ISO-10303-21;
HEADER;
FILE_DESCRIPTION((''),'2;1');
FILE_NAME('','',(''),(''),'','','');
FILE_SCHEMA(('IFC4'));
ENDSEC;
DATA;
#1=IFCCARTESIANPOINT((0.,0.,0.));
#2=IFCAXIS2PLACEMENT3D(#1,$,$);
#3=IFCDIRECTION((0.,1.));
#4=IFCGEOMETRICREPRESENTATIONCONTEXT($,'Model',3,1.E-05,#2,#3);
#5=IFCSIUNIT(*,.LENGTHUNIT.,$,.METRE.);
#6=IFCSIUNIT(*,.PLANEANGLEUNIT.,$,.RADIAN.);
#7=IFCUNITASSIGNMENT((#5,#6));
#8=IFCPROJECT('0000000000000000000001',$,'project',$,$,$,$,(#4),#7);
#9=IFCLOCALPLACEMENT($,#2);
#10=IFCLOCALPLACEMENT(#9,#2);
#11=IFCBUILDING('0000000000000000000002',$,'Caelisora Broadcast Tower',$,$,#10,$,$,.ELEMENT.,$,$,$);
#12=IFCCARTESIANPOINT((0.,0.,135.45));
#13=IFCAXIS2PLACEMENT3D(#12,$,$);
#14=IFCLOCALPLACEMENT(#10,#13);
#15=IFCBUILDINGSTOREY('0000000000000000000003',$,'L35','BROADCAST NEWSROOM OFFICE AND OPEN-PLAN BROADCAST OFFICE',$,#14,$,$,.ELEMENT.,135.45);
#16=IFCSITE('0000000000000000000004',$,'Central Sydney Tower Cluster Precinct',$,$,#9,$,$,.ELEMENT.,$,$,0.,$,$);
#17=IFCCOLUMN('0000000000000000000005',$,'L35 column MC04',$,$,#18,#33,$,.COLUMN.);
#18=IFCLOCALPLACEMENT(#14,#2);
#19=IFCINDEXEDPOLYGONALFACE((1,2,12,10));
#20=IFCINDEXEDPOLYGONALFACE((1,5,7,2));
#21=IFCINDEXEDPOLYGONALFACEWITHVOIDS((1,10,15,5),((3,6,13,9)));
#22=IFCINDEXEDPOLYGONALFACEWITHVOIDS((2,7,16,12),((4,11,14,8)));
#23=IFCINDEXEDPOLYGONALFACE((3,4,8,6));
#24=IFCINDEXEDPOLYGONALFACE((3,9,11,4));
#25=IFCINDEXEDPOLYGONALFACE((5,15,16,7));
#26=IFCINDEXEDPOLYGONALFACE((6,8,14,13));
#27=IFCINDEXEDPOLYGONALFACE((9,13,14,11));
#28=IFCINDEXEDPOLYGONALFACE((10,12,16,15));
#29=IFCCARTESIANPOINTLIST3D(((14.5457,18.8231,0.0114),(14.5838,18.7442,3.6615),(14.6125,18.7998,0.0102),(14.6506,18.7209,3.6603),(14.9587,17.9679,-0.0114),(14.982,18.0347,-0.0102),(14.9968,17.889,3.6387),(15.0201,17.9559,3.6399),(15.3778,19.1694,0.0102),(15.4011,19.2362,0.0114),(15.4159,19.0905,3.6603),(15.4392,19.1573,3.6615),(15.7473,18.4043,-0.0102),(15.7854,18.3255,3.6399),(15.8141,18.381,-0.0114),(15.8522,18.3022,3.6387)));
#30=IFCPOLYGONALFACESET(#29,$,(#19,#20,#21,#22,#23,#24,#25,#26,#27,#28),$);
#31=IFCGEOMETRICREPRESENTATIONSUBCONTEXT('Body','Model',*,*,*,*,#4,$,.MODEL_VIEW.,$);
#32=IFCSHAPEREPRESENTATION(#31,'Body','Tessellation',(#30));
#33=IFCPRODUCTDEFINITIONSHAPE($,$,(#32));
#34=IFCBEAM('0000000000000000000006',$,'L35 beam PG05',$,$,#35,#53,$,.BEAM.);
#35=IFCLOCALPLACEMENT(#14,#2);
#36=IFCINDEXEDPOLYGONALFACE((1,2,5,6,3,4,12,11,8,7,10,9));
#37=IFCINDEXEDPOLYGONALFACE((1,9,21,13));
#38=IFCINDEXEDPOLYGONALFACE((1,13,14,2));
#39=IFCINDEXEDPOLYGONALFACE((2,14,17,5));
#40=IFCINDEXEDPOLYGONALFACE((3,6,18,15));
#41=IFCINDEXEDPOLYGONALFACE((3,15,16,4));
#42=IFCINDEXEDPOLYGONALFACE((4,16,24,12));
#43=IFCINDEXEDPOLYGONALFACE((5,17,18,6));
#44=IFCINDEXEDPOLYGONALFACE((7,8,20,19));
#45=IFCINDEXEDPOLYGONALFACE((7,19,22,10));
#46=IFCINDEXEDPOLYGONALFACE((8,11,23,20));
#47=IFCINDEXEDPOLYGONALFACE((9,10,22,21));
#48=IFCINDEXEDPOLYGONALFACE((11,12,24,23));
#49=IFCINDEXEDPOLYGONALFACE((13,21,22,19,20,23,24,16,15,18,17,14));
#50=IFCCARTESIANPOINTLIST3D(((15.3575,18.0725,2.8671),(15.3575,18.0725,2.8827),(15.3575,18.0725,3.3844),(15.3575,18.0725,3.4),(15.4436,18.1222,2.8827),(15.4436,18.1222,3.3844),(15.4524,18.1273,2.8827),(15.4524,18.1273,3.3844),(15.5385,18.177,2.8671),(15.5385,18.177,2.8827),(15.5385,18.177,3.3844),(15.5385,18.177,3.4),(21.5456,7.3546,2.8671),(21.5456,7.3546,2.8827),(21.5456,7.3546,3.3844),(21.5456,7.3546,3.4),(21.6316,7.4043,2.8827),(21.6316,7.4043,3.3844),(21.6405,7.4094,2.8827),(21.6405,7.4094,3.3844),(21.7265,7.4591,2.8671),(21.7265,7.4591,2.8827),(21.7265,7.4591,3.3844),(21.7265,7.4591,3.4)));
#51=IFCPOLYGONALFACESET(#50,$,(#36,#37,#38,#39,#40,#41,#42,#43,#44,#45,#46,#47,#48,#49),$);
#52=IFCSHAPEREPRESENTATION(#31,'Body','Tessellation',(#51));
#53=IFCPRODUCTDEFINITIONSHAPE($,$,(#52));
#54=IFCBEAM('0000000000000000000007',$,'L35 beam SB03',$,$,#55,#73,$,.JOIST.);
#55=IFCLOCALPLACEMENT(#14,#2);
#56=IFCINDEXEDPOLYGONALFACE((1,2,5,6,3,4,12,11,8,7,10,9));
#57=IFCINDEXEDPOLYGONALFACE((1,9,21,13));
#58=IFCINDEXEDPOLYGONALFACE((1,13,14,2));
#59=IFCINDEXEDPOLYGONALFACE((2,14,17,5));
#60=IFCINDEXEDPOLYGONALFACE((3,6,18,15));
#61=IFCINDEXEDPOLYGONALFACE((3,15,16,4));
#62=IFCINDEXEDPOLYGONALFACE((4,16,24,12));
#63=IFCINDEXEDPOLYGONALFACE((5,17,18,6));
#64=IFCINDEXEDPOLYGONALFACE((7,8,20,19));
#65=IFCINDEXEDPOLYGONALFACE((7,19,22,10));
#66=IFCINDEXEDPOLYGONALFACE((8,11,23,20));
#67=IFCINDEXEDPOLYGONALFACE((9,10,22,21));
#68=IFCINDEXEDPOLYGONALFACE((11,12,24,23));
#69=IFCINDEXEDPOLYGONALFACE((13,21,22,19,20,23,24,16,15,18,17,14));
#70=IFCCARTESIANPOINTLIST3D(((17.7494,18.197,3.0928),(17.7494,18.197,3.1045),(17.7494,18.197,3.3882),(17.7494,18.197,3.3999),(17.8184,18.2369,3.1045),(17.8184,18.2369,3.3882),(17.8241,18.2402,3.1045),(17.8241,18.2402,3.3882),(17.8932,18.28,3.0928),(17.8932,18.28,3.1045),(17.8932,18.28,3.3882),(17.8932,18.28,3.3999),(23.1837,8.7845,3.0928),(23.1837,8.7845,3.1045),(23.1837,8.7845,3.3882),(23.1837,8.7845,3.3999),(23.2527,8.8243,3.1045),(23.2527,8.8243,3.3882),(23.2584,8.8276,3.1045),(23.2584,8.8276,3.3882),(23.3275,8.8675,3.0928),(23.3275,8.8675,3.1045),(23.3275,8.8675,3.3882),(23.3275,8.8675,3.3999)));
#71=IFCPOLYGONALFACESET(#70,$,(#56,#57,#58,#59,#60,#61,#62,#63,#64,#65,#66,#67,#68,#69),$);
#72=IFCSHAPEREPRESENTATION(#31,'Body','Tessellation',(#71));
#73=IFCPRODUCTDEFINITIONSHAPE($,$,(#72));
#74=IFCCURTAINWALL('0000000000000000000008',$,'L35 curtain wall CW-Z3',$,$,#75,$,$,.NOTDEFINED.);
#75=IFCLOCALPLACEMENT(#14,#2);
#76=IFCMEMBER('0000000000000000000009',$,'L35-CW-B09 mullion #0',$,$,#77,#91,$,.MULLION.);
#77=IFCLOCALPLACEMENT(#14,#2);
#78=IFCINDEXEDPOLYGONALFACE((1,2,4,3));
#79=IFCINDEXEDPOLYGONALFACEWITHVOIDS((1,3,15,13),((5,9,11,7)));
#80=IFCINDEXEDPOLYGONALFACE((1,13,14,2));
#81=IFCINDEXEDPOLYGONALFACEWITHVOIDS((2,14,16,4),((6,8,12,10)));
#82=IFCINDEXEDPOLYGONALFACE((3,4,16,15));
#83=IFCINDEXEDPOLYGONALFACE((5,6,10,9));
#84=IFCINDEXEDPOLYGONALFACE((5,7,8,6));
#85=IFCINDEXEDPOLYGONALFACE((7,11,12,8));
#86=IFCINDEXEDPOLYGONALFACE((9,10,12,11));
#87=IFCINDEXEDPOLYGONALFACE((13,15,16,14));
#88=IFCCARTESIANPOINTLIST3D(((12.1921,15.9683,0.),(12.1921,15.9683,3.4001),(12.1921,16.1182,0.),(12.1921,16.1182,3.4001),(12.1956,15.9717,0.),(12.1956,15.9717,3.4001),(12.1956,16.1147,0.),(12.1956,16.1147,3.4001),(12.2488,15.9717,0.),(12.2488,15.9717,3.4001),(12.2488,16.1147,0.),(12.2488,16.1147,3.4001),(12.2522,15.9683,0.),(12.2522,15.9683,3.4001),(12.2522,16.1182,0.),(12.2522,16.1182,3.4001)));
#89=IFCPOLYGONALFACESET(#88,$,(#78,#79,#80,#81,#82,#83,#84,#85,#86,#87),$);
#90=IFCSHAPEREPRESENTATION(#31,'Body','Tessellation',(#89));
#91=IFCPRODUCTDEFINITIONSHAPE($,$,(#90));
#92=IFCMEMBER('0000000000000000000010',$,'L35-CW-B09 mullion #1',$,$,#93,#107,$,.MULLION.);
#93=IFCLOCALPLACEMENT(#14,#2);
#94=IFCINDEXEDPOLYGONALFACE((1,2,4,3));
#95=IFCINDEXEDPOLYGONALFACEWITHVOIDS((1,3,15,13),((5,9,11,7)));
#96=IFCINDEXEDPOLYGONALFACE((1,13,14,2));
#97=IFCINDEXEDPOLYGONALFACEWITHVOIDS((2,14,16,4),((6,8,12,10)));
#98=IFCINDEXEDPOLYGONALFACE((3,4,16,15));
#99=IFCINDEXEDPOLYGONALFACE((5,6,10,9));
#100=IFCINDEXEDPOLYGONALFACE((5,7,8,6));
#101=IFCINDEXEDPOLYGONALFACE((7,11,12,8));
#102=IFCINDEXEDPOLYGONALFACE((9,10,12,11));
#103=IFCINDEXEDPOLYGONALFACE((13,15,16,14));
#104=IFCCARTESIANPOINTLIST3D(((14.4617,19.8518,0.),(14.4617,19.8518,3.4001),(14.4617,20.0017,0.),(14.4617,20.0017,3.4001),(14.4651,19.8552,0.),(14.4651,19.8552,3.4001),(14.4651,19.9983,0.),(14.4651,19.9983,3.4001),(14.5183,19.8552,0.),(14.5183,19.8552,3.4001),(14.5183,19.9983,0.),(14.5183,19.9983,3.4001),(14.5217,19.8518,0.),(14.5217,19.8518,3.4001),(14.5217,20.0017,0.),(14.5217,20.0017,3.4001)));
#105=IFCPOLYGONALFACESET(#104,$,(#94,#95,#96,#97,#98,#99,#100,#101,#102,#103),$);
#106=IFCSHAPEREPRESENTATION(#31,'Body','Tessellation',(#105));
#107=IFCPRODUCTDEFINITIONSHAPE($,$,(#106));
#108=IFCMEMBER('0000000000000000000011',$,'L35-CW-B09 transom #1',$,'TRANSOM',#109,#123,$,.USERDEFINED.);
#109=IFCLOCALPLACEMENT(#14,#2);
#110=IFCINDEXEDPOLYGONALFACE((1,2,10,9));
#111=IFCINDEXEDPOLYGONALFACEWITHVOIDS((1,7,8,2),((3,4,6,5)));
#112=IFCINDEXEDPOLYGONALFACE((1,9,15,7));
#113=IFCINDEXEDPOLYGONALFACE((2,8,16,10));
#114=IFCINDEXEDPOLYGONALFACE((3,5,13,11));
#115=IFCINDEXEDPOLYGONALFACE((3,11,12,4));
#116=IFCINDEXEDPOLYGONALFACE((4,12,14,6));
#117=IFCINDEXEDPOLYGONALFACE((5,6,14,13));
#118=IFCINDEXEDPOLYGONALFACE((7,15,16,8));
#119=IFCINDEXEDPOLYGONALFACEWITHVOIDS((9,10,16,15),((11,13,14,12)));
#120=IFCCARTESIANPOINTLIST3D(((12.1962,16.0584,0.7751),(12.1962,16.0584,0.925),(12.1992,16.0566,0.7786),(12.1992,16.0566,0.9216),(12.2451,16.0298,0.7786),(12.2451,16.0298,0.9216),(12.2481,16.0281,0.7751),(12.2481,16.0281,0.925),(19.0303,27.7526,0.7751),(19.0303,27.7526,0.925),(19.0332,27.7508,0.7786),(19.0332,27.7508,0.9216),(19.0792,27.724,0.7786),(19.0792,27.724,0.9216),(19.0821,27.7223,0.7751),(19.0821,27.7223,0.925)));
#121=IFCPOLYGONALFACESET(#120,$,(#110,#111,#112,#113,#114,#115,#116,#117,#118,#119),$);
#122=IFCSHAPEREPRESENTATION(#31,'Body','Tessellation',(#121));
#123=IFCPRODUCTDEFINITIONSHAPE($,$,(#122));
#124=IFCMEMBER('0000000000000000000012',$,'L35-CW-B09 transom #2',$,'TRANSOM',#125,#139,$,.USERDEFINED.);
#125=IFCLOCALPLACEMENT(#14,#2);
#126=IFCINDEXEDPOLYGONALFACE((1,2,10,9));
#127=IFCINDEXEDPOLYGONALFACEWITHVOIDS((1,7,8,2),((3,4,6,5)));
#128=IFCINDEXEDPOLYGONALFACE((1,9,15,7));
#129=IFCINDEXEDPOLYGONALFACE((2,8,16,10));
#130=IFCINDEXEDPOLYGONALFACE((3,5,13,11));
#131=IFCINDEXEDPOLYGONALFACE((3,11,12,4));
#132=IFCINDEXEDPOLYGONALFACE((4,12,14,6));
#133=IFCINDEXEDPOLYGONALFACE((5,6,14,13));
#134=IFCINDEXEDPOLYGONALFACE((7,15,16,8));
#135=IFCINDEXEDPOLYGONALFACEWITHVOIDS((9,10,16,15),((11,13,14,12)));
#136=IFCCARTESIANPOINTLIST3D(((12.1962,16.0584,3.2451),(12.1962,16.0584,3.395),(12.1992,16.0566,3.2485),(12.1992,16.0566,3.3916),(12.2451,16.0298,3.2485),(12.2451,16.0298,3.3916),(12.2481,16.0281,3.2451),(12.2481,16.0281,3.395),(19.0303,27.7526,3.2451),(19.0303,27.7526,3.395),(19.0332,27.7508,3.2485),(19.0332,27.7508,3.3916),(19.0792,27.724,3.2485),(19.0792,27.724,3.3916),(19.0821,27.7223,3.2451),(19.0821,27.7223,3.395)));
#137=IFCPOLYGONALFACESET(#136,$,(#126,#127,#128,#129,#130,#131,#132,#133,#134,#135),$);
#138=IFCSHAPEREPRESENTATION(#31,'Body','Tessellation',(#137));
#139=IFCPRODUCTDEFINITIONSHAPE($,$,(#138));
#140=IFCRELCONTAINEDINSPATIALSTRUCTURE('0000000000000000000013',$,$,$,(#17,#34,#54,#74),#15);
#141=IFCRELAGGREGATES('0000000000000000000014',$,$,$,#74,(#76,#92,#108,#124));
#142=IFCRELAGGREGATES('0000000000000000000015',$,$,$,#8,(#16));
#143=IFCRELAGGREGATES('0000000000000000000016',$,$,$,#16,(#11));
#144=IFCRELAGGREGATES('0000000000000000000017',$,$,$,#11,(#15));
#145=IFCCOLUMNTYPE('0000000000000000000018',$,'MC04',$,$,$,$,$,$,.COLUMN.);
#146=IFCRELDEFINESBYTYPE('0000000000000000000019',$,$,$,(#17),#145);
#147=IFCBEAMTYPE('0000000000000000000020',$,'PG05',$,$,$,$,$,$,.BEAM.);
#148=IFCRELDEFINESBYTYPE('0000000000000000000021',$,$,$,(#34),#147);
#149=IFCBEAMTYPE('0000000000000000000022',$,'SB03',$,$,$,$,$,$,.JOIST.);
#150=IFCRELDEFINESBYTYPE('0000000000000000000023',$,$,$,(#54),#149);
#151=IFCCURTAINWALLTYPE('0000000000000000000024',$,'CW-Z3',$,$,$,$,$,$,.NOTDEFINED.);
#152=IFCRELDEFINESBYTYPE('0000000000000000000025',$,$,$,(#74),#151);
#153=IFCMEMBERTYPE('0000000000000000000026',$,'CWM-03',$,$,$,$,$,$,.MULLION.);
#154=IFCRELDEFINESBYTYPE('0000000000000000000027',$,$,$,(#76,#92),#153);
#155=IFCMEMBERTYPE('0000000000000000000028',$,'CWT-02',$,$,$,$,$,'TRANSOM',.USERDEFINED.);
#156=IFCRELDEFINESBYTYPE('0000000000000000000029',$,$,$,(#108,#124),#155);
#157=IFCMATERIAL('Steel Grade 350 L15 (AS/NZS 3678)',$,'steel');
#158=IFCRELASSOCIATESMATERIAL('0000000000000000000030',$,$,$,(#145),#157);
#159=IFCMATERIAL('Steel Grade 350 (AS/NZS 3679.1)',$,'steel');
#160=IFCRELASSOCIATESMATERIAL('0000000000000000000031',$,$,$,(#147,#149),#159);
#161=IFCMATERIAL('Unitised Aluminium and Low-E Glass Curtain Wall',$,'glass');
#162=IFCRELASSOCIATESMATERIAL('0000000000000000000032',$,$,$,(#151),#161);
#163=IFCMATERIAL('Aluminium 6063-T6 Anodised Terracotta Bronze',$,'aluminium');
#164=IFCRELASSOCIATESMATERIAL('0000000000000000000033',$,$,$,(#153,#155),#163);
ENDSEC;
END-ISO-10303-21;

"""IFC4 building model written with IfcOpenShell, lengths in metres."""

from ifc_helpers import new_model, si_unit, direction, frame, origin, origin_2d, place, context, subcontext, project, spatial, hollow_rectangle, i_section, extrude, source, transform, mapped, material, material_profile, profile_set, type_object, type_shapes, element, aggregate, save


model = new_model("IFC4")

# Units and contexts
model_context = context("Model", 3, precision=1e-05, world=origin(), true_north=direction((0.0, 1.0)))
body_context = subcontext(model_context, "Body", "Model", "MODEL_VIEW")
ifc_project = project(units=[si_unit("LENGTHUNIT", "METRE"), si_unit("PLANEANGLEUNIT", "RADIAN")], contexts=[model_context])

# Site, building, storey
site_placement = place(None, origin())
site = spatial("IfcSite", under=ifc_project, at=site_placement, Name="Central Sydney Tower Cluster Precinct", CompositionType="ELEMENT", RefElevation=0.0)
building_placement = place(site_placement, origin())
building = spatial("IfcBuilding", under=site, at=building_placement, Name="Caelisora Broadcast Tower", CompositionType="ELEMENT")
storey_placement = place(building_placement, frame((0.0, 0.0, 135.45)))
storey = spatial("IfcBuildingStorey", under=building, at=storey_placement, Name="L35", Description="BROADCAST NEWSROOM OFFICE AND OPEN-PLAN BROADCAST OFFICE", CompositionType="ELEMENT", Elevation=135.45)

# Column
ifc_material_1 = material(Name="Steel Grade 350 L15 (AS/NZS 3678)", Category="steel")
ifc_material_profile_1 = material_profile(ifc_material_1, hollow_rectangle(XDim=0.95, YDim=0.95, WallThickness=0.05, at=origin_2d()), Name="Steel Grade 350 L15 (AS/NZS 3678)")
ifc_profile_set_1 = profile_set([ifc_material_profile_1], Name="Steel Grade 350 L15 (AS/NZS 3678)")
column_type = type_object("IfcColumnType", Name="MC04", PredefinedType="COLUMN", material=ifc_profile_set_1)
shared_shape_1 = source(origin(), body_context, "Body", "SweptSolid", [
    extrude(hollow_rectangle(XDim=0.95, YDim=0.95, WallThickness=0.05, at=origin_2d()), origin(), (0.0, 0.0, 1.0), 3.6511),
])
type_shapes(column_type, [shared_shape_1])
column_placement = place(storey_placement, frame((15.1799, 18.6021, 0.0), z_axis=(0.010431, -0.021598, 0.999712), x_axis=(0.900476, 0.434905, 0.0)))
element("IfcColumn", 1, at=column_placement, inside=storey, type_object=column_type, Name="L35 column MC04", PredefinedType="COLUMN", context=body_context, shape_type="MappedRepresentation", body=[
    mapped(shared_shape_1, transform((0.0, 0.0, 0.0), scale=1.0)),
])

# Beams
ifc_material_2 = material(Name="Steel Grade 350 (AS/NZS 3679.1)", Category="steel")
ifc_material_profile_2 = material_profile(ifc_material_2, i_section(OverallWidth=0.209, OverallDepth=0.533, WebThickness=0.0103, FlangeThickness=0.0156, at=origin_2d()), Name="Steel Grade 350 (AS/NZS 3679.1)")
ifc_profile_set_2 = profile_set([ifc_material_profile_2], Name="Steel Grade 350 (AS/NZS 3679.1)")
beam_type_1 = type_object("IfcBeamType", Name="PG05", PredefinedType="BEAM", material=ifc_profile_set_2)
shared_shape_2 = source(origin(), body_context, "Body", "SweptSolid", [
    extrude(i_section(OverallWidth=0.209, OverallDepth=0.533, WebThickness=0.0103, FlangeThickness=0.0156, at=origin_2d()), origin(), (0.0, 0.0, 1.0), 12.376),
])
type_shapes(beam_type_1, [shared_shape_2])
beam_1_placement = place(storey_placement, frame((15.448, 18.1248, 3.1335), z_axis=(0.500005, -0.866023, 0.0), x_axis=(0.866023, 0.500005, 0.0)))
element("IfcBeam", 2, at=beam_1_placement, inside=storey, type_object=beam_type_1, Name="L35 beam PG05", PredefinedType="BEAM", context=body_context, shape_type="MappedRepresentation", body=[
    mapped(shared_shape_2, transform((0.0, 0.0, 0.0), scale=1.0)),
])
ifc_material_profile_3 = material_profile(ifc_material_2, i_section(OverallWidth=0.166, OverallDepth=0.3071, WebThickness=0.0066, FlangeThickness=0.0117, at=origin_2d()), Name="Steel Grade 350 (AS/NZS 3679.1)")
ifc_profile_set_3 = profile_set([ifc_material_profile_3], Name="Steel Grade 350 (AS/NZS 3679.1)")
beam_type_2 = type_object("IfcBeamType", Name="SB03", PredefinedType="JOIST", material=ifc_profile_set_3)
shared_shape_3 = source(origin(), body_context, "Body", "SweptSolid", [
    extrude(i_section(OverallWidth=0.166, OverallDepth=0.3071, WebThickness=0.0066, FlangeThickness=0.0117, at=origin_2d()), origin(), (0.0, 0.0, 1.0), 10.8687),
])
type_shapes(beam_type_2, [shared_shape_3])
beam_2_placement = place(storey_placement, frame((17.8213, 18.2385, 3.2463), z_axis=(0.499997, -0.866027, 0.0), x_axis=(0.866027, 0.499997, 0.0)))
element("IfcBeam", 3, at=beam_2_placement, inside=storey, type_object=beam_type_2, Name="L35 beam SB03", PredefinedType="JOIST", context=body_context, shape_type="MappedRepresentation", body=[
    mapped(shared_shape_3, transform((0.0, 0.0, 0.0), scale=1.0)),
])

# Curtain wall, members
ifc_material_3 = material(Name="Unitised Aluminium and Low-E Glass Curtain Wall", Category="glass")
curtain_wall_type = type_object("IfcCurtainWallType", Name="CW-Z3", PredefinedType="NOTDEFINED", material=ifc_material_3)
curtain_wall_placement = place(storey_placement, origin())
curtain_wall = element("IfcCurtainWall", 4, at=curtain_wall_placement, inside=storey, type_object=curtain_wall_type, Name="L35 curtain wall CW-Z3", PredefinedType="NOTDEFINED")
ifc_material_4 = material(Name="Aluminium 6063-T6 Anodised Terracotta Bronze", Category="aluminium")
ifc_material_profile_4 = material_profile(ifc_material_4, hollow_rectangle(XDim=0.0601, YDim=0.1499, WallThickness=0.0034, at=origin_2d()), Name="Aluminium 6063-T6 Anodised Terracotta Bronze")
ifc_profile_set_4 = profile_set([ifc_material_profile_4], Name="Aluminium 6063-T6 Anodised Terracotta Bronze")
member_type_1 = type_object("IfcMemberType", Name="CWM-03", PredefinedType="MULLION", material=ifc_profile_set_4)
shared_shape_4 = source(origin(), body_context, "Body", "SweptSolid", [
    extrude(hollow_rectangle(XDim=0.0601, YDim=0.1499, WallThickness=0.0034, at=origin_2d()), origin(), (0.0, 0.0, 1.0), 3.4001),
])
type_shapes(member_type_1, [shared_shape_4])
member_1_placement = place(storey_placement, frame((12.2222, 16.0432, 0.0), z_axis=(0.0, 0.0, 1.0), x_axis=(1.0, 0.0, 0.0)))
member_1 = element("IfcMember", 5, at=member_1_placement, type_object=member_type_1, Name="L35-CW-B09 mullion #0", PredefinedType="MULLION", context=body_context, shape_type="MappedRepresentation", body=[
    mapped(shared_shape_4, transform((0.0, 0.0, 0.0), scale=1.0)),
])
member_2_placement = place(storey_placement, frame((14.4917, 19.9268, 0.0), z_axis=(0.0, 0.0, 1.0), x_axis=(1.0, 0.0, 0.0)))
member_2 = element("IfcMember", 6, at=member_2_placement, type_object=member_type_1, Name="L35-CW-B09 mullion #1", PredefinedType="MULLION", context=body_context, shape_type="MappedRepresentation", body=[
    mapped(shared_shape_4, transform((0.0, 0.0, 0.0), scale=1.0)),
])
ifc_material_profile_5 = material_profile(ifc_material_4, hollow_rectangle(XDim=0.0601, YDim=0.1499, WallThickness=0.0034, at=origin_2d()), Name="Aluminium 6063-T6 Anodised Terracotta Bronze")
ifc_profile_set_5 = profile_set([ifc_material_profile_5], Name="Aluminium 6063-T6 Anodised Terracotta Bronze")
member_type_2 = type_object("IfcMemberType", Name="CWT-02", ElementType="TRANSOM", PredefinedType="USERDEFINED", material=ifc_profile_set_5)
shared_shape_5 = source(origin(), body_context, "Body", "SweptSolid", [
    extrude(hollow_rectangle(XDim=0.0601, YDim=0.1499, WallThickness=0.0034, at=origin_2d()), origin(), (0.0, 0.0, 1.0), 13.5447),
])
type_shapes(member_type_2, [shared_shape_5])
member_3_placement = place(storey_placement, frame((12.2222, 16.0432, 0.8501), z_axis=(0.504556, 0.863379, 0.0), x_axis=(-0.863379, 0.504556, 0.0)))
member_3 = element("IfcMember", 7, at=member_3_placement, type_object=member_type_2, Name="L35-CW-B09 transom #1", ObjectType="TRANSOM", PredefinedType="USERDEFINED", context=body_context, shape_type="MappedRepresentation", body=[
    mapped(shared_shape_5, transform((0.0, 0.0, 0.0), scale=1.0)),
])
member_4_placement = place(storey_placement, frame((12.2222, 16.0432, 3.3201), z_axis=(0.504556, 0.863379, 0.0), x_axis=(-0.863379, 0.504556, 0.0)))
member_4 = element("IfcMember", 8, at=member_4_placement, type_object=member_type_2, Name="L35-CW-B09 transom #2", ObjectType="TRANSOM", PredefinedType="USERDEFINED", context=body_context, shape_type="MappedRepresentation", body=[
    mapped(shared_shape_5, transform((0.0, 0.0, 0.0), scale=1.0)),
])

aggregate(curtain_wall, [member_1, member_2, member_3, member_4])

save(model, "model.ifc")
